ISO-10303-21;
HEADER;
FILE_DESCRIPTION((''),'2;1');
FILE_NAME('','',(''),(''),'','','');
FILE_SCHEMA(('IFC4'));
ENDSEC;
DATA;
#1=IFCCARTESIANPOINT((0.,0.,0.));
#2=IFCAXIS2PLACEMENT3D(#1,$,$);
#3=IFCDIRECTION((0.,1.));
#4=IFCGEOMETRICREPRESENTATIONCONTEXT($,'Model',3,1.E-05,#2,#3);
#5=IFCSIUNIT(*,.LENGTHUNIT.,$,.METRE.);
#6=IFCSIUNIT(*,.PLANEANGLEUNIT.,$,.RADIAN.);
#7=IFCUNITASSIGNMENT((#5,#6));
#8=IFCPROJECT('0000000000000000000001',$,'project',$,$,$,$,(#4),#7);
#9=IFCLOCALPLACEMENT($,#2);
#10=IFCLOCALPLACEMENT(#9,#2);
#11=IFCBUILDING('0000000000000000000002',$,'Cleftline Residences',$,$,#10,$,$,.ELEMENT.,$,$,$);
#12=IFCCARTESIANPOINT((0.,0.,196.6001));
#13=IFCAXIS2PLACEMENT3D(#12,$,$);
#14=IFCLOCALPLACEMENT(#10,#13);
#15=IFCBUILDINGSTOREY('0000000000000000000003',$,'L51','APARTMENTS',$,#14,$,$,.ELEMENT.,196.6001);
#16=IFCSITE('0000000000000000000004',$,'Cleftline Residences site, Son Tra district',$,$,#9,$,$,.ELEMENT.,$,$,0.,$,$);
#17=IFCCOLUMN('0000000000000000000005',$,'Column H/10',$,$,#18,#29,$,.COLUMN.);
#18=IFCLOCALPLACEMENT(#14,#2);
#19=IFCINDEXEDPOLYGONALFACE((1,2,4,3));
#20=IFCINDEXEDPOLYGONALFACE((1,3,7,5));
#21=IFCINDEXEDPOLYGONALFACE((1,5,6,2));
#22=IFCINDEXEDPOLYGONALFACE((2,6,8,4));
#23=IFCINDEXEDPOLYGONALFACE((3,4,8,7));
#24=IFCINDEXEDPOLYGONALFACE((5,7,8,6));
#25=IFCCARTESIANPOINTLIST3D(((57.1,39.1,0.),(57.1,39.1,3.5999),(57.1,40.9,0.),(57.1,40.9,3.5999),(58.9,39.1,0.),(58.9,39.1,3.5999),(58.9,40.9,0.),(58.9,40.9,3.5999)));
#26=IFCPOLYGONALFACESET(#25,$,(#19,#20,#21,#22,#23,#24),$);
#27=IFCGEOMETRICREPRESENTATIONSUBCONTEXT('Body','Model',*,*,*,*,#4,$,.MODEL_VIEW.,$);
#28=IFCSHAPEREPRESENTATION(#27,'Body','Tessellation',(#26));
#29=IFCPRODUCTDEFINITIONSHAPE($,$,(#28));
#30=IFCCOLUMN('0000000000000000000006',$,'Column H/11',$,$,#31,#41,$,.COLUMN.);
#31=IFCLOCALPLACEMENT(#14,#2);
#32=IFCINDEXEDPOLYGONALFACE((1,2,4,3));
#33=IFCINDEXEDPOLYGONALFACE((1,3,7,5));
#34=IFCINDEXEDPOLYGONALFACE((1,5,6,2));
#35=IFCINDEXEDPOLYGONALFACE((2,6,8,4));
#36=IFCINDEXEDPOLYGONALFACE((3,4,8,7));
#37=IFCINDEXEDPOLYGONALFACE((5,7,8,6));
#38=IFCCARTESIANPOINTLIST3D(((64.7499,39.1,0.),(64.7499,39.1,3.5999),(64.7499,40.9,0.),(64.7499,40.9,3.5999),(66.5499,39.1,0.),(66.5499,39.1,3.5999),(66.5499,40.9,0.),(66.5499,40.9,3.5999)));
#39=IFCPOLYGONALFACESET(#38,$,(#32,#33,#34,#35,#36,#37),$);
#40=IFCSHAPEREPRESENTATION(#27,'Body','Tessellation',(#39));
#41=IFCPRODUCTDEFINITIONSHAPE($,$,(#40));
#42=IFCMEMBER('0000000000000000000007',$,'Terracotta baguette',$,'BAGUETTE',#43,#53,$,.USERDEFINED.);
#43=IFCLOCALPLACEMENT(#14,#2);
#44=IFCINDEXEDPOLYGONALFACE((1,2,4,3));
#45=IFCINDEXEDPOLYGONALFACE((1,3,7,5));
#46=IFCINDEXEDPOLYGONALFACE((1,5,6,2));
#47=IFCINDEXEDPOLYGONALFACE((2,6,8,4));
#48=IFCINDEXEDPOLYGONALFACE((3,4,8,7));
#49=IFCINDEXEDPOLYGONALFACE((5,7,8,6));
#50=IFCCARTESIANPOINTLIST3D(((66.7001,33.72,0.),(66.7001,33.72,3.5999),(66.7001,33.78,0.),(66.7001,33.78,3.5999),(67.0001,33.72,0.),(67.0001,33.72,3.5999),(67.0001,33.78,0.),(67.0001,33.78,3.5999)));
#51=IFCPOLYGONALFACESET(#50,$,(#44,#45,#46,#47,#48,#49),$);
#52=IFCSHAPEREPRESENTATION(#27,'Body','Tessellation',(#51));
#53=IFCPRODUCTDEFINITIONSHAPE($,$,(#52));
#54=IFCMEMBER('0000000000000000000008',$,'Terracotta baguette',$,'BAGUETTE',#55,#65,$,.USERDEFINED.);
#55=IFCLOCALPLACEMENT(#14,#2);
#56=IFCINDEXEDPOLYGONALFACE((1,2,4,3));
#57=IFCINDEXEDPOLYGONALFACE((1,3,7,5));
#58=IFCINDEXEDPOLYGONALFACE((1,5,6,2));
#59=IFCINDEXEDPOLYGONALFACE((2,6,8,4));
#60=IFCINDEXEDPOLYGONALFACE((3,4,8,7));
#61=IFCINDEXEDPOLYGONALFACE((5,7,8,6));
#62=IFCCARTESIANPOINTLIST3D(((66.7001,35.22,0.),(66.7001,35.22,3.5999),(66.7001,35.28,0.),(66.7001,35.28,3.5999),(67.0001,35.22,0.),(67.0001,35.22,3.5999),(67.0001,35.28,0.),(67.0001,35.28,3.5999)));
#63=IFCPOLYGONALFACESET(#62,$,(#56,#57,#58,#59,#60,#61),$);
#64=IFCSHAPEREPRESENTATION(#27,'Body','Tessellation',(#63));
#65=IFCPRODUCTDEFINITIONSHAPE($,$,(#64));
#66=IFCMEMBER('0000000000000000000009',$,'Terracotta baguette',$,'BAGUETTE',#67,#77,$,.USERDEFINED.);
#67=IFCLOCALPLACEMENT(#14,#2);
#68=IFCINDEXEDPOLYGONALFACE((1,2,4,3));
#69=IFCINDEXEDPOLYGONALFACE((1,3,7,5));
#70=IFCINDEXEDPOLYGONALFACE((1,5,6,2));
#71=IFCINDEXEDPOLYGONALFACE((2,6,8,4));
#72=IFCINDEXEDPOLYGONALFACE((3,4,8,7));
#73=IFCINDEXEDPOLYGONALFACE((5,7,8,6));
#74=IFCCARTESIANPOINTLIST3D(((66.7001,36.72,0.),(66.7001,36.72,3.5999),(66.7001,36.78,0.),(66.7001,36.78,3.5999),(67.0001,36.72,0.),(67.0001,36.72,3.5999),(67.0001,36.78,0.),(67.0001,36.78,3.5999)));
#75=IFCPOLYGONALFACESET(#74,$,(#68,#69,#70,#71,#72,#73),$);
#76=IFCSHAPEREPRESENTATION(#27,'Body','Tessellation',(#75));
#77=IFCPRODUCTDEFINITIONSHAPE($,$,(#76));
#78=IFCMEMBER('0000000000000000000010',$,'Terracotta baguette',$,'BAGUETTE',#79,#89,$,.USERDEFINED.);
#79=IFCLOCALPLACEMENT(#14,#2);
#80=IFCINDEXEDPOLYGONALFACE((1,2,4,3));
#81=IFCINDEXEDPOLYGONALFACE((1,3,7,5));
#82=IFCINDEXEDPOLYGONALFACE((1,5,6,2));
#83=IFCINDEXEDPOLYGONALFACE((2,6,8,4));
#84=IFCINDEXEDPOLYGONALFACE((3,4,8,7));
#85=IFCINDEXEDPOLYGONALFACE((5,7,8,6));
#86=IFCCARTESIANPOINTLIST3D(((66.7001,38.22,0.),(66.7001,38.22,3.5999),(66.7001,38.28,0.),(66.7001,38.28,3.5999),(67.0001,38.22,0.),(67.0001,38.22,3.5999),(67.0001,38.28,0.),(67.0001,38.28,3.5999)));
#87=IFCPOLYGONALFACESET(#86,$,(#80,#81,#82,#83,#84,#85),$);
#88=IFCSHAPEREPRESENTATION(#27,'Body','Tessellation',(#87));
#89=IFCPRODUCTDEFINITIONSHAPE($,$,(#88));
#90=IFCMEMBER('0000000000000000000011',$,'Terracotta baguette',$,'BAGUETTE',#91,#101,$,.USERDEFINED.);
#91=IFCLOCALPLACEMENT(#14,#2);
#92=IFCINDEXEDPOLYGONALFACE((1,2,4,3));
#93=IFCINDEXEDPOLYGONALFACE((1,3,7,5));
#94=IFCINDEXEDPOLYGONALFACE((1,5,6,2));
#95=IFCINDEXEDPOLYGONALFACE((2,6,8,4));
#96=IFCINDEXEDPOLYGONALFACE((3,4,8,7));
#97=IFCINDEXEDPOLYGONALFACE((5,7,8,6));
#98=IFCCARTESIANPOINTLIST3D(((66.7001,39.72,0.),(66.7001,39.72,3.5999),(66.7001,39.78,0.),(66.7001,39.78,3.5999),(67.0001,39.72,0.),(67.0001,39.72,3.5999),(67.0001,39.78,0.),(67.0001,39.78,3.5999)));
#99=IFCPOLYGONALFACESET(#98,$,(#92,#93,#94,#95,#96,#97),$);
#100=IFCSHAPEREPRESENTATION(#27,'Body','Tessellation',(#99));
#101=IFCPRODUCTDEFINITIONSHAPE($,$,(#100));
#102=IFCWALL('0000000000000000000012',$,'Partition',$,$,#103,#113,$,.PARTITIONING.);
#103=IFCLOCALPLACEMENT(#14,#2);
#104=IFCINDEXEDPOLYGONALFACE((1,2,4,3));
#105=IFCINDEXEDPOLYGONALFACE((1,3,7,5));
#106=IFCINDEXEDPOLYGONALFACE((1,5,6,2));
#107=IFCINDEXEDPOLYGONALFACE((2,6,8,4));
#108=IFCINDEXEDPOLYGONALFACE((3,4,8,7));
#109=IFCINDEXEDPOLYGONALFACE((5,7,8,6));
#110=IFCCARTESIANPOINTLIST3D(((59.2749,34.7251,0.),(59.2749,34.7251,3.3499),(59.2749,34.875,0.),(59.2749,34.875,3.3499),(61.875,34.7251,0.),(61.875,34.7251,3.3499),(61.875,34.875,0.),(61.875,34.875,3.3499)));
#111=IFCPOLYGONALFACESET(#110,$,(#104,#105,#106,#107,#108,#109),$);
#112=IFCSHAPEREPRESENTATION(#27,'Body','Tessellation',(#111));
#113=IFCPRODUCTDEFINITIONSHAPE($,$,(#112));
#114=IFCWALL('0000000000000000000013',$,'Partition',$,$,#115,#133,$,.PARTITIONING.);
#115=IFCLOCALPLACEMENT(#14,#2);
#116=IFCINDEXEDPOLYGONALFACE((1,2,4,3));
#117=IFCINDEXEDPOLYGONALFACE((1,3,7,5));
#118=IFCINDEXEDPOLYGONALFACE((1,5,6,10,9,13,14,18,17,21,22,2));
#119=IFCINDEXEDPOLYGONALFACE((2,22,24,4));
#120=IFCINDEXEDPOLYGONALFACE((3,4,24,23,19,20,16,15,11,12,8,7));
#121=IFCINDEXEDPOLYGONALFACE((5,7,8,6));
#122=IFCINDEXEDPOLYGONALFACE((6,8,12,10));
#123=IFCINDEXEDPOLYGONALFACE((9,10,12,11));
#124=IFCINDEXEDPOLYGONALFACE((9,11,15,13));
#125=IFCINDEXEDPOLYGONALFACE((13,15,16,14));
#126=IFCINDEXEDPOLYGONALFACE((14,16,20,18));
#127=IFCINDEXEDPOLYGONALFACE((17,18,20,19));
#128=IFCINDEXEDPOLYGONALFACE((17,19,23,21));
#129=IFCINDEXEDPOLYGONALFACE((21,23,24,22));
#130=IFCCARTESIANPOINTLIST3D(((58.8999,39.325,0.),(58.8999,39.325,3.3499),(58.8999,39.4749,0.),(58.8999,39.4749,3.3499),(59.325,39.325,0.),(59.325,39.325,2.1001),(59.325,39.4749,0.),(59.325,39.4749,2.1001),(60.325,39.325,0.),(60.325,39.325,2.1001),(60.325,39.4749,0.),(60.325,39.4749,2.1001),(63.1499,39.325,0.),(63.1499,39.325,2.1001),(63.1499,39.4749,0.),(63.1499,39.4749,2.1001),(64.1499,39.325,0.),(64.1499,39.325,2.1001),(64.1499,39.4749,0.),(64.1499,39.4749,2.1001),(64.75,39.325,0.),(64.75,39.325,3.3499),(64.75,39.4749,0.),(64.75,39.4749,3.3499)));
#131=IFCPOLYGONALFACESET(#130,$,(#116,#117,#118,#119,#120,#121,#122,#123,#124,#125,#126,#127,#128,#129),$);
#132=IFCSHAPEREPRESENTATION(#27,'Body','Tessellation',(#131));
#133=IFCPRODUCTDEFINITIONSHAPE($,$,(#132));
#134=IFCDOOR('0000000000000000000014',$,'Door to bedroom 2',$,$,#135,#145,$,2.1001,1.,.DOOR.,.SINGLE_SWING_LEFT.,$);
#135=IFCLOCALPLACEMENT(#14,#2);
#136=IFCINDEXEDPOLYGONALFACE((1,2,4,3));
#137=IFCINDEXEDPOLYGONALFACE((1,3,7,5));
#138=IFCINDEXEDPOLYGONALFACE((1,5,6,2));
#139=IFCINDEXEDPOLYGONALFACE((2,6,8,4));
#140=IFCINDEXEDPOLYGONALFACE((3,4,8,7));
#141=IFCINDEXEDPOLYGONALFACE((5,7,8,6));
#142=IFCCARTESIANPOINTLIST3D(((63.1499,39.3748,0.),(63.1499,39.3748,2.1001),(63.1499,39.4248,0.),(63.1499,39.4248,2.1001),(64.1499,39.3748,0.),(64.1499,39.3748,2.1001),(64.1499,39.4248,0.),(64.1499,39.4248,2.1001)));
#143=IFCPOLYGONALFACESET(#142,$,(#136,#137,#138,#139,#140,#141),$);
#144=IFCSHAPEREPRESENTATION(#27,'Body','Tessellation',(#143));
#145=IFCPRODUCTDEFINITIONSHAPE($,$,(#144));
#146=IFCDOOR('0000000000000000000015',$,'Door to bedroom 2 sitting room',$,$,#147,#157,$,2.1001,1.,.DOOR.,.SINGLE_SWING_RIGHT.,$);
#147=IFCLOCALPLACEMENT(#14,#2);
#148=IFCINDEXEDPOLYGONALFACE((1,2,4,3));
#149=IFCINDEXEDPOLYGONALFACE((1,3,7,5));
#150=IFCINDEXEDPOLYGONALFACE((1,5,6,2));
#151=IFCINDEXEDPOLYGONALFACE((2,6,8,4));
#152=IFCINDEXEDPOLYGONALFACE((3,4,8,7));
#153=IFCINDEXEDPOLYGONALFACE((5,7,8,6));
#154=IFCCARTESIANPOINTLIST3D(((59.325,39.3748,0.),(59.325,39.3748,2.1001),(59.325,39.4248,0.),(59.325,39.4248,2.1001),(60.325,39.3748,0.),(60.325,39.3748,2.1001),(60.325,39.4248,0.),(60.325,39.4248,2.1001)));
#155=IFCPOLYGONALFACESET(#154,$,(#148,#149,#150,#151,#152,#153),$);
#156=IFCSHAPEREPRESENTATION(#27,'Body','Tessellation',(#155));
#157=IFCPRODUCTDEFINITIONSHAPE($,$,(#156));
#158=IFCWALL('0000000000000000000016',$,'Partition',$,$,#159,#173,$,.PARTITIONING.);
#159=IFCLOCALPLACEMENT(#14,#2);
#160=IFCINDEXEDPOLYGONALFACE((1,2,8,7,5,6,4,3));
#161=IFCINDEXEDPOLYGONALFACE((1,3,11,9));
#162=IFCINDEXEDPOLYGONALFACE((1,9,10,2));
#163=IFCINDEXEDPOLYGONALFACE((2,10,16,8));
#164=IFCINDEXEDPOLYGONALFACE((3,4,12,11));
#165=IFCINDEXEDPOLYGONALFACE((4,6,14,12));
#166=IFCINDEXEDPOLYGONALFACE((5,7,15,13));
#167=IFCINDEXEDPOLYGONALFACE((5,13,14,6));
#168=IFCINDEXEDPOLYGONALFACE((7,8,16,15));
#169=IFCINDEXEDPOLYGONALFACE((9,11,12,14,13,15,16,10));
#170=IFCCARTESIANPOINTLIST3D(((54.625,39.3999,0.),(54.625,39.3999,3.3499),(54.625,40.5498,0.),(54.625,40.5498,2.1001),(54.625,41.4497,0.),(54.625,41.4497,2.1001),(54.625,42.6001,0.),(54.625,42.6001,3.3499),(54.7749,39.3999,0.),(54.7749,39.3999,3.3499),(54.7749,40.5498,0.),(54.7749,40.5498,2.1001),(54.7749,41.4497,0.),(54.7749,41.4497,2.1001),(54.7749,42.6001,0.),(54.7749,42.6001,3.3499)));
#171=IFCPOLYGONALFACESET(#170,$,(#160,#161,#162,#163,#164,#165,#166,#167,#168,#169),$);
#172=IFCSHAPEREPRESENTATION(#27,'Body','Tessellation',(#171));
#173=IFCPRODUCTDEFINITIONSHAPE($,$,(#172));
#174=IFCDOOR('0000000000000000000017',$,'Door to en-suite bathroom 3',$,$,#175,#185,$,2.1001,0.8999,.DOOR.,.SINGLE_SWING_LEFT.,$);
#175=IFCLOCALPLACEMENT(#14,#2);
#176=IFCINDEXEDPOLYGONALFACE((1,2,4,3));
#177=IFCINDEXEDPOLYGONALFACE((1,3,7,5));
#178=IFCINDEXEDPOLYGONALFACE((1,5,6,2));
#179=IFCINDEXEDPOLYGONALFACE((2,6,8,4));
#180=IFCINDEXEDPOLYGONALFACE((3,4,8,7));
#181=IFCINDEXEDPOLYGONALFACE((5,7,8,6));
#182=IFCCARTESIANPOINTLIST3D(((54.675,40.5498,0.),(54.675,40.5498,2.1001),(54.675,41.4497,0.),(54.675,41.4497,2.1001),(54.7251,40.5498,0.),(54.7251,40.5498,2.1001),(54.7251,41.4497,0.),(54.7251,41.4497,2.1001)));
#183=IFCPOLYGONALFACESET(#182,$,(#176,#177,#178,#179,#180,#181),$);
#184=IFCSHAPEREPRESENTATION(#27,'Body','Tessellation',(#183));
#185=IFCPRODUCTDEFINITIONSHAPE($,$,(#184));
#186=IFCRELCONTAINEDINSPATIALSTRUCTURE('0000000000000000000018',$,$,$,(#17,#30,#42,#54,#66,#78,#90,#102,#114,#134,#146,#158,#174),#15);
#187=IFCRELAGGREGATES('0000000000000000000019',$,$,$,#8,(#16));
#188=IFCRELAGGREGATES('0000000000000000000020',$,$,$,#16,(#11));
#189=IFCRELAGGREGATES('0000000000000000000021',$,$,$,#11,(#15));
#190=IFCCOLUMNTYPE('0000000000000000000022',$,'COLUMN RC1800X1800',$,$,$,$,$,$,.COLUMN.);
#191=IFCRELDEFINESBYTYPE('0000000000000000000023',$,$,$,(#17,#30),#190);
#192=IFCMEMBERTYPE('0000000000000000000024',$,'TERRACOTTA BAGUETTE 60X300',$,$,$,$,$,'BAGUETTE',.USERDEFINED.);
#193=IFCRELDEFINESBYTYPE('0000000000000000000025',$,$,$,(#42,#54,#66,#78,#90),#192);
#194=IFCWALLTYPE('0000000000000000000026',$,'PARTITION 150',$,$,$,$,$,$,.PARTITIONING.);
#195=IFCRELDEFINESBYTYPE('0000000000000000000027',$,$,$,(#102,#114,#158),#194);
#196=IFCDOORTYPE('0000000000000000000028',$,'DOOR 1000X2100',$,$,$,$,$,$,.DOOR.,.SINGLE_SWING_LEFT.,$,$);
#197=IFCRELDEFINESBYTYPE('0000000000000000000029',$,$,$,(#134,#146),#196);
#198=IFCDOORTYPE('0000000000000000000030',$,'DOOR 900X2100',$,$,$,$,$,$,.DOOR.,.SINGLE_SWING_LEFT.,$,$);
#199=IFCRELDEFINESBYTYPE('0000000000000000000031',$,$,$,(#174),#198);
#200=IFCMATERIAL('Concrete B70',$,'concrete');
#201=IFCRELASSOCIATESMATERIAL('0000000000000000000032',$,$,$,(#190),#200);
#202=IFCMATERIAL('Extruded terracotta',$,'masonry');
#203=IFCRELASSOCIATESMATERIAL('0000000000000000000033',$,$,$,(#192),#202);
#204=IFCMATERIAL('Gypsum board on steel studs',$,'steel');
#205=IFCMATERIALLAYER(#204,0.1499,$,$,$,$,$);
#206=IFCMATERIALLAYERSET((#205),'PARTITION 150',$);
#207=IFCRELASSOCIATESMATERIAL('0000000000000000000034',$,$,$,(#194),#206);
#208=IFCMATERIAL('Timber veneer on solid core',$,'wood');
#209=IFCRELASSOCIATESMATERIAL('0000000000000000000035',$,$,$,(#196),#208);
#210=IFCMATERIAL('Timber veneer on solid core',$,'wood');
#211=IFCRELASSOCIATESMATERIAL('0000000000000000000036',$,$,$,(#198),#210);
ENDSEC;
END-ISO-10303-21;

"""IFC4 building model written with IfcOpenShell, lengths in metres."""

from ifc_helpers import new_model, si_unit, direction, frame, frame_2d, origin, origin_2d, place, context, subcontext, project, spatial, rectangle, extrude, material, layer, layer_set, material_profile, profile_set, type_object, element, fill, save


model = new_model("IFC4")

# Units and contexts
model_context = context("Model", 3, precision=1e-05, world=origin(), true_north=direction((0.0, 1.0)))
body_context = subcontext(model_context, "Body", "Model", "MODEL_VIEW")
ifc_project = project(units=[si_unit("LENGTHUNIT", "METRE"), si_unit("PLANEANGLEUNIT", "RADIAN")], contexts=[model_context])

# Site, building, storey
site_placement = place(None, origin())
site = spatial("IfcSite", under=ifc_project, at=site_placement, Name="Cleftline Residences site, Son Tra district", CompositionType="ELEMENT", RefElevation=0.0)
building_placement = place(site_placement, origin())
building = spatial("IfcBuilding", under=site, at=building_placement, Name="Cleftline Residences", CompositionType="ELEMENT")
storey_placement = place(building_placement, frame((0.0, 0.0, 196.6001)))
storey = spatial("IfcBuildingStorey", under=building, at=storey_placement, Name="L51", Description="APARTMENTS", CompositionType="ELEMENT", Elevation=196.6001)

# Columns
ifc_material_1 = material(Name="Concrete B70", Category="concrete")
ifc_material_profile_1 = material_profile(ifc_material_1, rectangle(XDim=1.8, YDim=1.8, at=origin_2d()))
ifc_profile_set_1 = profile_set([ifc_material_profile_1], Name="Concrete B70")
column_type = type_object("IfcColumnType", Name="COLUMN RC1800X1800", PredefinedType="COLUMN", material=ifc_profile_set_1)
for number, where, z_axis, x_axis, name in (
    (1, (58.0, 40.0, 0.0), (0.0, 0.0, 1.0), (1.0, 0.0, 0.0), "Column H/10"),
    (2, (65.6499, 40.0, 0.0), (0.0, 0.0, 1.0), (1.0, 0.0, 0.0), "Column H/11"),
):
    element("IfcColumn", number, at=place(storey_placement, frame(where, z_axis=z_axis, x_axis=x_axis)), inside=storey, type_object=column_type, Name=name, PredefinedType="COLUMN", context=body_context, shape_type="SweptSolid", body=[
        extrude(rectangle(XDim=1.8, YDim=1.8, at=origin_2d()), origin(), (0.0, 0.0, 1.0), 3.5999),
    ])

# Members
ifc_material_2 = material(Name="Extruded terracotta", Category="masonry")
ifc_material_profile_2 = material_profile(ifc_material_2, rectangle(XDim=0.0601, YDim=0.3, at=origin_2d()))
ifc_profile_set_2 = profile_set([ifc_material_profile_2], Name="Extruded terracotta")
member_type = type_object("IfcMemberType", Name="TERRACOTTA BAGUETTE 60X300", ElementType="BAGUETTE", PredefinedType="USERDEFINED", material=ifc_profile_set_2)
for number, where, z_axis, x_axis, name in (
    (3, (66.8501, 33.75, 0.0), (0.0, 0.0, 1.0), (0.0, 1.0, 0.0), "Terracotta baguette"),
    (4, (66.8501, 35.25, 0.0), (0.0, 0.0, 1.0), (0.0, 1.0, 0.0), "Terracotta baguette"),
    (5, (66.8501, 36.75, 0.0), (0.0, 0.0, 1.0), (0.0, 1.0, 0.0), "Terracotta baguette"),
    (6, (66.8501, 38.25, 0.0), (0.0, 0.0, 1.0), (0.0, 1.0, 0.0), "Terracotta baguette"),
    (7, (66.8501, 39.75, 0.0), (0.0, 0.0, 1.0), (0.0, 1.0, 0.0), "Terracotta baguette"),
):
    element("IfcMember", number, at=place(storey_placement, frame(where, z_axis=z_axis, x_axis=x_axis)), inside=storey, type_object=member_type, Name=name, ObjectType="BAGUETTE", PredefinedType="USERDEFINED", context=body_context, shape_type="SweptSolid", body=[
        extrude(rectangle(XDim=0.0601, YDim=0.3, at=origin_2d()), origin(), (0.0, 0.0, 1.0), 3.5999),
    ])

# Wall
ifc_material_3 = material(Name="Gypsum board on steel studs", Category="steel")
ifc_layer = layer(ifc_material_3, 0.1499)
ifc_layer_set = layer_set([ifc_layer], Name="PARTITION 150")
wall_type = type_object("IfcWallType", Name="PARTITION 150", PredefinedType="PARTITIONING", material=ifc_layer_set)
wall_1_placement = place(storey_placement, frame((59.2749, 34.8, 0.0), z_axis=(0.0, 0.0, 1.0), x_axis=(1.0, 0.0, 0.0)))
element("IfcWall", 8, at=wall_1_placement, inside=storey, type_object=wall_type, Name="Partition", PredefinedType="PARTITIONING", context=body_context, shape_type="SweptSolid", body=[
    extrude(rectangle(XDim=2.6001, YDim=0.1499, at=frame_2d((1.3, 0.0))), origin(), (0.0, 0.0, 1.0), 3.3499),
])

# Wall, openings, doors
wall_2_placement = place(storey_placement, frame((58.8999, 39.3999, 0.0), z_axis=(0.0, 0.0, 1.0), x_axis=(1.0, 0.0, 0.0)))
wall_2 = element("IfcWall", 9, at=wall_2_placement, inside=storey, type_object=wall_type, Name="Partition", PredefinedType="PARTITIONING", context=body_context, shape_type="SweptSolid", body=[
    extrude(rectangle(XDim=5.8501, YDim=0.1499, at=frame_2d((2.925, 0.0))), origin(), (0.0, 0.0, 1.0), 3.3499),
])
opening_1_placement = place(wall_2_placement, frame((4.25, 0.0, 0.0)))
opening_1 = element("IfcOpeningElement", 10, at=opening_1_placement, cuts=wall_2, PredefinedType="OPENING", context=body_context, shape_type="SweptSolid", body=[
    extrude(rectangle(XDim=1.0, YDim=2.1001, at=frame_2d((0.5, 1.05))), frame((0.0, 0.085, 0.0), z_axis=(0.0, -1.0, 0.0), x_axis=(1.0, 0.0, 0.0)), (0.0, 0.0, 1.0), 0.1699),
])
opening_2_placement = place(wall_2_placement, frame((0.425, 0.0, 0.0)))
opening_2 = element("IfcOpeningElement", 11, at=opening_2_placement, cuts=wall_2, PredefinedType="OPENING", context=body_context, shape_type="SweptSolid", body=[
    extrude(rectangle(XDim=1.0, YDim=2.1001, at=frame_2d((0.5, 1.05))), frame((0.0, 0.085, 0.0), z_axis=(0.0, -1.0, 0.0), x_axis=(1.0, 0.0, 0.0)), (0.0, 0.0, 1.0), 0.1699),
])
ifc_material_4 = material(Name="Timber veneer on solid core", Category="wood")
door_type_1 = type_object("IfcDoorType", Name="DOOR 1000X2100", OperationType="SINGLE_SWING_LEFT", PredefinedType="DOOR", material=ifc_material_4)
door_1_placement = place(opening_1_placement, origin())
door_1 = element("IfcDoor", 12, at=door_1_placement, inside=storey, type_object=door_type_1, Name="Door to bedroom 2", OperationType="SINGLE_SWING_LEFT", OverallHeight=2.1001, OverallWidth=1.0, PredefinedType="DOOR", context=body_context, shape_type="SweptSolid", body=[
    extrude(rectangle(XDim=1.0, YDim=2.1001, at=frame_2d((0.5, 1.05))), frame((0.0, 0.0249, 0.0), z_axis=(0.0, -1.0, 0.0), x_axis=(1.0, 0.0, 0.0)), (0.0, 0.0, 1.0), 0.05),
])
fill(opening_1, door_1)
door_2_placement = place(opening_2_placement, origin())
door_2 = element("IfcDoor", 13, at=door_2_placement, inside=storey, type_object=door_type_1, Name="Door to bedroom 2 sitting room", OperationType="SINGLE_SWING_RIGHT", OverallHeight=2.1001, OverallWidth=1.0, PredefinedType="DOOR", context=body_context, shape_type="SweptSolid", body=[
    extrude(rectangle(XDim=1.0, YDim=2.1001, at=frame_2d((0.5, 1.05))), frame((0.0, 0.0249, 0.0), z_axis=(0.0, -1.0, 0.0), x_axis=(1.0, 0.0, 0.0)), (0.0, 0.0, 1.0), 0.05),
])
fill(opening_2, door_2)

# Wall, opening, door
wall_3_placement = place(storey_placement, frame((54.7, 39.3999, 0.0), z_axis=(0.0, 0.0, 1.0), x_axis=(0.0, 1.0, 0.0)))
wall_3 = element("IfcWall", 14, at=wall_3_placement, inside=storey, type_object=wall_type, Name="Partition", PredefinedType="PARTITIONING", context=body_context, shape_type="SweptSolid", body=[
    extrude(rectangle(XDim=3.2002, YDim=0.1499, at=frame_2d((1.6001, 0.0))), origin(), (0.0, 0.0, 1.0), 3.3499),
])
opening_3_placement = place(wall_3_placement, frame((1.1499, 0.0, 0.0)))
opening_3 = element("IfcOpeningElement", 15, at=opening_3_placement, cuts=wall_3, PredefinedType="OPENING", context=body_context, shape_type="SweptSolid", body=[
    extrude(rectangle(XDim=0.8999, YDim=2.1001, at=frame_2d((0.45, 1.05))), frame((0.0, 0.085, 0.0), z_axis=(0.0, -1.0, 0.0), x_axis=(1.0, 0.0, 0.0)), (0.0, 0.0, 1.0), 0.1699),
])
ifc_material_5 = material(Name="Timber veneer on solid core", Category="wood")
door_type_2 = type_object("IfcDoorType", Name="DOOR 900X2100", OperationType="SINGLE_SWING_LEFT", PredefinedType="DOOR", material=ifc_material_5)
door_3_placement = place(opening_3_placement, origin())
door_3 = element("IfcDoor", 16, at=door_3_placement, inside=storey, type_object=door_type_2, Name="Door to en-suite bathroom 3", OperationType="SINGLE_SWING_LEFT", OverallHeight=2.1001, OverallWidth=0.8999, PredefinedType="DOOR", context=body_context, shape_type="SweptSolid", body=[
    extrude(rectangle(XDim=0.8999, YDim=2.1001, at=frame_2d((0.45, 1.05))), frame((0.0, 0.0249, 0.0), z_axis=(0.0, -1.0, 0.0), x_axis=(1.0, 0.0, 0.0)), (0.0, 0.0, 1.0), 0.05),
])
fill(opening_3, door_3)

save(model, "model.ifc")
